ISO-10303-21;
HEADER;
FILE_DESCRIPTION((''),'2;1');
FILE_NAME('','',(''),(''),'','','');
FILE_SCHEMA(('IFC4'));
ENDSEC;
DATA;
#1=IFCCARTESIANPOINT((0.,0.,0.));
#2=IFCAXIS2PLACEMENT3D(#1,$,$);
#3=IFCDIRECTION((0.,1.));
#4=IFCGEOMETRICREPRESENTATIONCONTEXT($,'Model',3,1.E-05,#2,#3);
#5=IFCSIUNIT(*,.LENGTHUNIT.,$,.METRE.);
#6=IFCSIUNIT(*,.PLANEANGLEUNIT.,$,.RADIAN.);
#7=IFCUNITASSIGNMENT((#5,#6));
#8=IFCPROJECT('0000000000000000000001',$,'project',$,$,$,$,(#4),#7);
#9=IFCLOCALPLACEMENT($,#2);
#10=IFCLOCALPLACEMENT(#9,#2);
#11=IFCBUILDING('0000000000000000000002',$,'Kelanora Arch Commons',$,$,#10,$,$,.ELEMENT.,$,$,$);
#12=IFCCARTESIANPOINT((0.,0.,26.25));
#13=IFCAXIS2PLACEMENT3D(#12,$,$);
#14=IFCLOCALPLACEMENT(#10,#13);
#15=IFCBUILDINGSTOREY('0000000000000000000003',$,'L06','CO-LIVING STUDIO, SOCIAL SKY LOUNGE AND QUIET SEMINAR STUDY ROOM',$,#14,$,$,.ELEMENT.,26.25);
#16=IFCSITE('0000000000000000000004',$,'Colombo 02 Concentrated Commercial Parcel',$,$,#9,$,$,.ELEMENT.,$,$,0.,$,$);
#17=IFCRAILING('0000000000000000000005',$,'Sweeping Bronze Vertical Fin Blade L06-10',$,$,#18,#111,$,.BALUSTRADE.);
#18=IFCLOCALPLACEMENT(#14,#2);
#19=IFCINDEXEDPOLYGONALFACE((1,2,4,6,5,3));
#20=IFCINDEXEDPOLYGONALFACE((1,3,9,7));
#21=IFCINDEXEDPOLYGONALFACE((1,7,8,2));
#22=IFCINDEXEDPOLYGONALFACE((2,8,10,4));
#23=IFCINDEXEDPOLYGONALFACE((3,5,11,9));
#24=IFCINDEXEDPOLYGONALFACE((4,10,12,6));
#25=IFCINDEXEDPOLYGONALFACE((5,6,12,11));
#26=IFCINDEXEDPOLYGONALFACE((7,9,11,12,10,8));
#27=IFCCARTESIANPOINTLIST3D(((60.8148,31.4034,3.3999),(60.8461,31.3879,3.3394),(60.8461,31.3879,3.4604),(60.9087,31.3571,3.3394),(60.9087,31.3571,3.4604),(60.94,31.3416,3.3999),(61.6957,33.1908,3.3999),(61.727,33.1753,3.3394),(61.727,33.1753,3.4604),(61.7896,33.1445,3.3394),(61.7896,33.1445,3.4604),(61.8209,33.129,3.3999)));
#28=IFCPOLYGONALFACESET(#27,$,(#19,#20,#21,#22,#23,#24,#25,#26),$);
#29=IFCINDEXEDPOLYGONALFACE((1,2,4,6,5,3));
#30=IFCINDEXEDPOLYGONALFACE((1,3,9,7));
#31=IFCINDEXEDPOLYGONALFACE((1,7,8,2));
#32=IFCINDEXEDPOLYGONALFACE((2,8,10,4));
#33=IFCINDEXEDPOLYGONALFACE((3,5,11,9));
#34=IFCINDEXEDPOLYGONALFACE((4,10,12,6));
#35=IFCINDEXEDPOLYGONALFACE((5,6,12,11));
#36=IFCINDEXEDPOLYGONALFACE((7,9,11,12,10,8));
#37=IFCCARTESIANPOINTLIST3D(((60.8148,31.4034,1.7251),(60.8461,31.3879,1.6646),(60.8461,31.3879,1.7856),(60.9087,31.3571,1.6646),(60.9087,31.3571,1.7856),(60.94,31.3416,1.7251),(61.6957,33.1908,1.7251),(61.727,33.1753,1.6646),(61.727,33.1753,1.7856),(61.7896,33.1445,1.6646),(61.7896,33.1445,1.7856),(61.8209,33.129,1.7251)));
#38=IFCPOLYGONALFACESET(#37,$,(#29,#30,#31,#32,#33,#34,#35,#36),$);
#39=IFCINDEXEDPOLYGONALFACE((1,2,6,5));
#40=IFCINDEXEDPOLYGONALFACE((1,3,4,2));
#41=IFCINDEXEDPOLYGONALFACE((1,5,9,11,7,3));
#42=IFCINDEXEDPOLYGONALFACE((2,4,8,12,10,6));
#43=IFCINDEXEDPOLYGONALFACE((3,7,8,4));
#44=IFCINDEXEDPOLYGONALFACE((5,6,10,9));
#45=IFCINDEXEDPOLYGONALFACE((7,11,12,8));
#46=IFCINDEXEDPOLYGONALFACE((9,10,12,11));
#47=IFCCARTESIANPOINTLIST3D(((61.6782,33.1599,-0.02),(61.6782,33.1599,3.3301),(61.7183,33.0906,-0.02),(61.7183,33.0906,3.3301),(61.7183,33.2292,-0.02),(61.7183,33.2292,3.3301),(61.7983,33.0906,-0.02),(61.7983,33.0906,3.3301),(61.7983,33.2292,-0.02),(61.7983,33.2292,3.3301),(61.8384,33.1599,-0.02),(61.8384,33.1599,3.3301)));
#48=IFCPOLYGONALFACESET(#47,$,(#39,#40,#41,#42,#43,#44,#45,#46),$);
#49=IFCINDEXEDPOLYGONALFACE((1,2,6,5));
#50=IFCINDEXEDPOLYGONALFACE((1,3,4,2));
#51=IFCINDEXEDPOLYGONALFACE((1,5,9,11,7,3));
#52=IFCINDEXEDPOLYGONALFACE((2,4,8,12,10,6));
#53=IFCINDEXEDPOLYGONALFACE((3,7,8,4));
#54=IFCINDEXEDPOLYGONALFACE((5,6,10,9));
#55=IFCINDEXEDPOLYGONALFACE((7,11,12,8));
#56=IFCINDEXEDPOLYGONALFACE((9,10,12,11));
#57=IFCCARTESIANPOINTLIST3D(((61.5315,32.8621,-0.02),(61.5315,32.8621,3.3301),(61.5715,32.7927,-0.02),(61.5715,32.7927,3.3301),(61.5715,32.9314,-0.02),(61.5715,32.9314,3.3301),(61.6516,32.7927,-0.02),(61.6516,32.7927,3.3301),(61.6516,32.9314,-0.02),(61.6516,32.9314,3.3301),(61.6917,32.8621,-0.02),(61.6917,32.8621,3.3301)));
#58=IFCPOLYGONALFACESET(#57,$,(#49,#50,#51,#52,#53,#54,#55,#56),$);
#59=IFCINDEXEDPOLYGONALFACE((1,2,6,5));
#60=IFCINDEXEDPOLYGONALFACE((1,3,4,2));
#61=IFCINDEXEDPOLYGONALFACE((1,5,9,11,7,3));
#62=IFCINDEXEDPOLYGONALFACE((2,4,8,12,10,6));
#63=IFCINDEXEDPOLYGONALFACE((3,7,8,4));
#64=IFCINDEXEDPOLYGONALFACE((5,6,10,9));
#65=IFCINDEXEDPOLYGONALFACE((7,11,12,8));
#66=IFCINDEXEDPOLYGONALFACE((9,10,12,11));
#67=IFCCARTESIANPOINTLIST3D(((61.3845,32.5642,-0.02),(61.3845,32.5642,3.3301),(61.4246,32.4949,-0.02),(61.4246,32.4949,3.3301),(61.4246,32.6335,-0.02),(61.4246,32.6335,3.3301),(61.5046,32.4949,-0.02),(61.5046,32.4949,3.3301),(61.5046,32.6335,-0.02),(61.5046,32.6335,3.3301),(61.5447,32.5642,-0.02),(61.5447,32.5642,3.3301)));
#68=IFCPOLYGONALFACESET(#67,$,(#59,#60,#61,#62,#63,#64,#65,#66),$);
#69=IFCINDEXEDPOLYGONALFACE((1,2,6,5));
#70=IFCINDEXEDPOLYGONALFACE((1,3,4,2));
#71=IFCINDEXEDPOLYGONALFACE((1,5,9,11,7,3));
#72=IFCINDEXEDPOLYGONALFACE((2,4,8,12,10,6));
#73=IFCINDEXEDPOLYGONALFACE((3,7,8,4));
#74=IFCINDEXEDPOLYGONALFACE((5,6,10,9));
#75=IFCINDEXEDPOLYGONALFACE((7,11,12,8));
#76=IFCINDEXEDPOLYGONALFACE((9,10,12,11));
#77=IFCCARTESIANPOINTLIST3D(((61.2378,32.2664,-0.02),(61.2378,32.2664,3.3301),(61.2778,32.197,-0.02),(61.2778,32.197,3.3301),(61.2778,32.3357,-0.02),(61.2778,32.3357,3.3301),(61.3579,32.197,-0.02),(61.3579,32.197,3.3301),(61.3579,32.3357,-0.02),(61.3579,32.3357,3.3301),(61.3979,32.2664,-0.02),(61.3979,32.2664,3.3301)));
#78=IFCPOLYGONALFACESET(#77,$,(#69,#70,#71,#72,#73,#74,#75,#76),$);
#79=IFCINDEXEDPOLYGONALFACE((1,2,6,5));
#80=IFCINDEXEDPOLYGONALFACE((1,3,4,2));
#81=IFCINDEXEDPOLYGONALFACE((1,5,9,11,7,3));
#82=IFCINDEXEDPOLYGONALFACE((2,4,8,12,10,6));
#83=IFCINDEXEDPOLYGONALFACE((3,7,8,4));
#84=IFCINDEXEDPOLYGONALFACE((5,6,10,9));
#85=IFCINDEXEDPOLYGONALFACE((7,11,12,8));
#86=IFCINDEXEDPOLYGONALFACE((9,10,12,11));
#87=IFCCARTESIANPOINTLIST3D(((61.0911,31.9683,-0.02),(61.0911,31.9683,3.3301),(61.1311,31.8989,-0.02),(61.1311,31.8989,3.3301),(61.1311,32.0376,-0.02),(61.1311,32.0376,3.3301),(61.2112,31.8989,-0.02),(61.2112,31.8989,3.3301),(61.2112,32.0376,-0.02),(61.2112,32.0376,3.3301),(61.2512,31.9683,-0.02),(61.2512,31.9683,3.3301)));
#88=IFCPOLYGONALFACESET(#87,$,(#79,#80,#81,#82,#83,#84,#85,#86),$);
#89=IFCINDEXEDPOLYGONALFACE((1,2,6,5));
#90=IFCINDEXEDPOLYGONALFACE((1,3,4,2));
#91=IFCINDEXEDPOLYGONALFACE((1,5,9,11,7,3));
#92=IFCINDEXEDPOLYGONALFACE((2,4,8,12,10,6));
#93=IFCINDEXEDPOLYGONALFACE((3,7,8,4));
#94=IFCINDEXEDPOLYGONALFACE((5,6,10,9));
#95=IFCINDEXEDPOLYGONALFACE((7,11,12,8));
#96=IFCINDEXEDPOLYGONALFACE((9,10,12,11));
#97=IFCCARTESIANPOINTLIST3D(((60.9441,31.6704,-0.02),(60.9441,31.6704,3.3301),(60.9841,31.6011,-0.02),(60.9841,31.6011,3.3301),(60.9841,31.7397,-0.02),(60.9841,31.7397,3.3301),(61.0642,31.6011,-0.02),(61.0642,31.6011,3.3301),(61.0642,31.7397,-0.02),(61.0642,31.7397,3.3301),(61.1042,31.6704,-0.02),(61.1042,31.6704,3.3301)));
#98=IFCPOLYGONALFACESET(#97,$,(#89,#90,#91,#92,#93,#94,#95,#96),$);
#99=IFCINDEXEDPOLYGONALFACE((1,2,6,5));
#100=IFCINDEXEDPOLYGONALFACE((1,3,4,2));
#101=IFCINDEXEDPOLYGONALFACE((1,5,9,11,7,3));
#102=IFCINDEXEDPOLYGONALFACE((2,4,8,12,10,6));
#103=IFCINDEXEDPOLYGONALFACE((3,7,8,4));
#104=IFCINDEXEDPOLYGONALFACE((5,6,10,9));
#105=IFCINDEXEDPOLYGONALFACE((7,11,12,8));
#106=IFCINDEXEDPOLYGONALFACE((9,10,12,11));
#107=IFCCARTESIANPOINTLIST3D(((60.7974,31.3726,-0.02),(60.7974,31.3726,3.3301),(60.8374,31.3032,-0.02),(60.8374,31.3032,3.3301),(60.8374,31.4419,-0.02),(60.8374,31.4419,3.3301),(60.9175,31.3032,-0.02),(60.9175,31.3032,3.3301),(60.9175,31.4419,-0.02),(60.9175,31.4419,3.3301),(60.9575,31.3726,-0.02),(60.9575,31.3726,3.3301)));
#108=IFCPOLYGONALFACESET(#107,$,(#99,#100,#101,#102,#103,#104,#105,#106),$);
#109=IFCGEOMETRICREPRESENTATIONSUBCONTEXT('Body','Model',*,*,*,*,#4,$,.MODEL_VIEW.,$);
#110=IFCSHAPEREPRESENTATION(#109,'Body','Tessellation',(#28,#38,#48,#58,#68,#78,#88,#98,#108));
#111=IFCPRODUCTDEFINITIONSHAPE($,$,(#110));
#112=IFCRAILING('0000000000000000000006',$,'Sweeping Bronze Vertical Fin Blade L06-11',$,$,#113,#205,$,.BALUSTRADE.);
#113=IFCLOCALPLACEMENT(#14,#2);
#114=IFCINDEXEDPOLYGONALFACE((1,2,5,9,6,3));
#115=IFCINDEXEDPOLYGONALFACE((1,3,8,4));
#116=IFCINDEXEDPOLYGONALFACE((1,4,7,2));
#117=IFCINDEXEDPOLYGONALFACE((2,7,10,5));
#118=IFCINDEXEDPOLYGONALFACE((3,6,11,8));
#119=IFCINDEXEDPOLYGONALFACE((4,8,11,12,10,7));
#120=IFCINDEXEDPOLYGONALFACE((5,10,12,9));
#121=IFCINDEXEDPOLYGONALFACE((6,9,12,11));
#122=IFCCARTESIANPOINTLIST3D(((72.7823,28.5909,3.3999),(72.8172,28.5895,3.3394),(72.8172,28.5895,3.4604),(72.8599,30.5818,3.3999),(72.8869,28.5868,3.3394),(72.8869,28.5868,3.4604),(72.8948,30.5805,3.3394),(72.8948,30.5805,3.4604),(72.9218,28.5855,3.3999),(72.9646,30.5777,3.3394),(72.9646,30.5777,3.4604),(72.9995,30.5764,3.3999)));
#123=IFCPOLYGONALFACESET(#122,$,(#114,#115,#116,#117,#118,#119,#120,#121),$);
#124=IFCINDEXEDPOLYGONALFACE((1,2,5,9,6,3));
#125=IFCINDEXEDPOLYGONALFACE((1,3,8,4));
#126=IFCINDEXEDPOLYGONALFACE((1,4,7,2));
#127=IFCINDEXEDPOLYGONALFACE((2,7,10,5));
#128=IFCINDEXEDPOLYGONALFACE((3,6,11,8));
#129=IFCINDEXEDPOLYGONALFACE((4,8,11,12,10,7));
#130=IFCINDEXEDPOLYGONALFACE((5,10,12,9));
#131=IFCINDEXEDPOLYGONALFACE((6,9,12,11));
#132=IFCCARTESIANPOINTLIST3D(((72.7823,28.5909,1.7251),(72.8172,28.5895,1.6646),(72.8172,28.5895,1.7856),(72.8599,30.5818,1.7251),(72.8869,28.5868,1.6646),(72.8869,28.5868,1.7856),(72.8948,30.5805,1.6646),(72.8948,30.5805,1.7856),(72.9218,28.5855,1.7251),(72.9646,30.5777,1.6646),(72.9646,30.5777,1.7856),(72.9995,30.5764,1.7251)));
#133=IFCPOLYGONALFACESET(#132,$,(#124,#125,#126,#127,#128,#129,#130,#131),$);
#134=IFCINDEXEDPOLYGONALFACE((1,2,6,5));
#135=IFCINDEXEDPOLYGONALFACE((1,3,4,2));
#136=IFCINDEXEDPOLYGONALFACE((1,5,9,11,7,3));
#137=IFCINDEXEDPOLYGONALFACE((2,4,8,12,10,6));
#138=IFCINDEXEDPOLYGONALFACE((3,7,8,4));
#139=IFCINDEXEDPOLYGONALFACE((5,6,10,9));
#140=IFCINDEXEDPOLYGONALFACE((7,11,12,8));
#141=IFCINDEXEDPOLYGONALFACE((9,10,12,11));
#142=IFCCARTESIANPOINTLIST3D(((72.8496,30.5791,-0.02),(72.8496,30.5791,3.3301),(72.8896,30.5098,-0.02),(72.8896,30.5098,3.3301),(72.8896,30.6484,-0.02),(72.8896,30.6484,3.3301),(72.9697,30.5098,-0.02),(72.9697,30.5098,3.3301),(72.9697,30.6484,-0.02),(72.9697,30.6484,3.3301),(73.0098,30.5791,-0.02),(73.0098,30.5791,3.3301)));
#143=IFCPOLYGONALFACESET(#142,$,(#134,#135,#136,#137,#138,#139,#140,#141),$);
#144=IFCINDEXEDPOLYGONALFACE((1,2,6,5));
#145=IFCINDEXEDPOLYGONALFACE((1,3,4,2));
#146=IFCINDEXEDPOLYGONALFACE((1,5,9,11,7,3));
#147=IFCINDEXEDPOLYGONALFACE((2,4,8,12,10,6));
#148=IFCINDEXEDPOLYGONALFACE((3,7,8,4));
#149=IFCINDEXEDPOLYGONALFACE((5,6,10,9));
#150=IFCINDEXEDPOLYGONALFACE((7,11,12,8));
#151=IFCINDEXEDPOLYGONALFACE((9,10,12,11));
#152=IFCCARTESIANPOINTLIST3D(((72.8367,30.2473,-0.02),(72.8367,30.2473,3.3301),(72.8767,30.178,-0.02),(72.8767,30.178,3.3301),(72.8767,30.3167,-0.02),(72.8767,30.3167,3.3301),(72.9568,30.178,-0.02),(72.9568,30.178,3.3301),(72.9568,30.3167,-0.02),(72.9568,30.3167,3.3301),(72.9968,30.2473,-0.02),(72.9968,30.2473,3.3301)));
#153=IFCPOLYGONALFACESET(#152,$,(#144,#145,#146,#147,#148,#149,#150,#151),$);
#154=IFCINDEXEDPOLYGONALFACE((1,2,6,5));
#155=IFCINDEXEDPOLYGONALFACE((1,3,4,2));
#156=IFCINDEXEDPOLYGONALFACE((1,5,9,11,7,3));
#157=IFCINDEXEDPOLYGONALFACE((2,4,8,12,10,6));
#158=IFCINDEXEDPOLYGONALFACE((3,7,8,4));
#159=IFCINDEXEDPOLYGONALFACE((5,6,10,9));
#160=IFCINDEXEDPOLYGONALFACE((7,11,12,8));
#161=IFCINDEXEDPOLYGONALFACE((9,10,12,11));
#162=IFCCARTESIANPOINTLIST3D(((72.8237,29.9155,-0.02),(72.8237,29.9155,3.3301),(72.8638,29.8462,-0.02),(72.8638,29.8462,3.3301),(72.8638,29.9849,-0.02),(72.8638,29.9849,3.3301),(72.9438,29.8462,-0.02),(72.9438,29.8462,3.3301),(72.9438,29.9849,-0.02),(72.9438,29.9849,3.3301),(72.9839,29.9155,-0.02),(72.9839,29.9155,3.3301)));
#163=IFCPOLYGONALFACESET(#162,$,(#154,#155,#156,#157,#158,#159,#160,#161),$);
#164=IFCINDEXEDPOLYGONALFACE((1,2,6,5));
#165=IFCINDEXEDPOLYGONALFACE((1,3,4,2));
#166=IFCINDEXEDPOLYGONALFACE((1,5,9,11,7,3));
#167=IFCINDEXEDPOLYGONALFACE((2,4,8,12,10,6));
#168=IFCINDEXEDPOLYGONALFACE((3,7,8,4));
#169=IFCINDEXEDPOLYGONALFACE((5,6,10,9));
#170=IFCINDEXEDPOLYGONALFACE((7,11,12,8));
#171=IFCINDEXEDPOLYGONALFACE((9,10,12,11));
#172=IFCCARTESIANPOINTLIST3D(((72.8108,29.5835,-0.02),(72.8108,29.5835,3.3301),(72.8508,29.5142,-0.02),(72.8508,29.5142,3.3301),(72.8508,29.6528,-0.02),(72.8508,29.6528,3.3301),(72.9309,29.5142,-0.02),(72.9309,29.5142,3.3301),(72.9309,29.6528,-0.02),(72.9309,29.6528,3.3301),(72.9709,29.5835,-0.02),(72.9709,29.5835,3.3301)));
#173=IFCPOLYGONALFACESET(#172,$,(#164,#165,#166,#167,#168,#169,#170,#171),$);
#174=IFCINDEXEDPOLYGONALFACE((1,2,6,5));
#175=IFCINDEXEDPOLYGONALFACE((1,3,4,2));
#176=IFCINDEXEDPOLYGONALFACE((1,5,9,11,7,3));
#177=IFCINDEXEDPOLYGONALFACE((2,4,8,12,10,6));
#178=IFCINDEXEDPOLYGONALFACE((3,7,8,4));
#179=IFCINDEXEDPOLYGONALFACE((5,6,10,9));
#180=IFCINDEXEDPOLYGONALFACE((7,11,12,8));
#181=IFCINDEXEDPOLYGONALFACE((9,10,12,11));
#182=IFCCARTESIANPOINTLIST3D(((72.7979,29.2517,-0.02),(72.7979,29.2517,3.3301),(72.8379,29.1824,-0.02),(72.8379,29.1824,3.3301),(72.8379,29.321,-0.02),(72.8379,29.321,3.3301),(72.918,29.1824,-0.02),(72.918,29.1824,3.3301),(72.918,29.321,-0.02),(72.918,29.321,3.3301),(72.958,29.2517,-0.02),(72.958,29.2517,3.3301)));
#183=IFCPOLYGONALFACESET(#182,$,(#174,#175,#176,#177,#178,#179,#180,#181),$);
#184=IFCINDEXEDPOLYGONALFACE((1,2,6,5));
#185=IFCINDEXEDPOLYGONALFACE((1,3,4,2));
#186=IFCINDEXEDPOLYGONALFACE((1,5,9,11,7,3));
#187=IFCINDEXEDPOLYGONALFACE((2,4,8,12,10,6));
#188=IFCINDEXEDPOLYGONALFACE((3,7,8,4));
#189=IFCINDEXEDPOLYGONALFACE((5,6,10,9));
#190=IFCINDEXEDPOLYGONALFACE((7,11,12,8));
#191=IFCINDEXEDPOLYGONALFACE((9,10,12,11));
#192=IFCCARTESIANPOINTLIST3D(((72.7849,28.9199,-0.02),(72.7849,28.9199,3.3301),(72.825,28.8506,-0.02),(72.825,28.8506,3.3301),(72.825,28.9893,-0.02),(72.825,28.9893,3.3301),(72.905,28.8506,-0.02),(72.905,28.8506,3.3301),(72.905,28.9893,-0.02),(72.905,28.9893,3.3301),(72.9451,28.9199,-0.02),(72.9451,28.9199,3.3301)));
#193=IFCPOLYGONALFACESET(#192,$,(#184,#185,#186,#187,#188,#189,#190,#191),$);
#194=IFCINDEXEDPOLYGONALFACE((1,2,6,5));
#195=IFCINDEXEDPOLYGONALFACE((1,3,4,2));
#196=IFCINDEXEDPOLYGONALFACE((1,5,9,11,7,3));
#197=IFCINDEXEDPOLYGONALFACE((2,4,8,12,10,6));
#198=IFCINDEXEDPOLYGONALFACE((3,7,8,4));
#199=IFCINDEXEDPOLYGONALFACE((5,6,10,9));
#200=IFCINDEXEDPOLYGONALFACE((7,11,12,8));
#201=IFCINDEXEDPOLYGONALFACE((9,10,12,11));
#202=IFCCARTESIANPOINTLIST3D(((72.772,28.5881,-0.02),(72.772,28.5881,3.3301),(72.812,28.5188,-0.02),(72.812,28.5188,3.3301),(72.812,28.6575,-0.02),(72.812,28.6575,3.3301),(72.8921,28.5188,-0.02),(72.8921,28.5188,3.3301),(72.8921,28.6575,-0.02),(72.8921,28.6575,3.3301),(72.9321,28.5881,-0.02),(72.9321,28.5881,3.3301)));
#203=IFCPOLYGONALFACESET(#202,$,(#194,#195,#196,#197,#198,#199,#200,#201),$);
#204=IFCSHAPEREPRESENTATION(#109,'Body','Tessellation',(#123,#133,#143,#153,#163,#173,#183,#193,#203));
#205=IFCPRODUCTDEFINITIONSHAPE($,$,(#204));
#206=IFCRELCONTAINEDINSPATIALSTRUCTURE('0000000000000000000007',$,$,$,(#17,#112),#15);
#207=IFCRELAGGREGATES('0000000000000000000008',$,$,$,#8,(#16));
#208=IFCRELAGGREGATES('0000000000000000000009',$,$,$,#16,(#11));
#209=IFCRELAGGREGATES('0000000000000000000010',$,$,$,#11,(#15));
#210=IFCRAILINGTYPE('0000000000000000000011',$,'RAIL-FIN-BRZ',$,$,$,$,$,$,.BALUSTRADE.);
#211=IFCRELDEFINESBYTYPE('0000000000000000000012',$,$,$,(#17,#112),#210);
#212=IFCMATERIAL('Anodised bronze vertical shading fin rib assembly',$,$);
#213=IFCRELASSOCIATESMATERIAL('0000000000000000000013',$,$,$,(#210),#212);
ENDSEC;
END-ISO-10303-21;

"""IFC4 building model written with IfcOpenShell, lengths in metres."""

from ifc_helpers import new_model, si_unit, direction, frame, origin, place, context, subcontext, project, spatial, polyline, outline, extrude, material, type_object, element, save


model = new_model("IFC4")

# Units and contexts
model_context = context("Model", 3, precision=1e-05, world=origin(), true_north=direction((0.0, 1.0)))
body_context = subcontext(model_context, "Body", "Model", "MODEL_VIEW")
ifc_project = project(units=[si_unit("LENGTHUNIT", "METRE"), si_unit("PLANEANGLEUNIT", "RADIAN")], contexts=[model_context])

# Site, building, storey
site_placement = place(None, origin())
site = spatial("IfcSite", under=ifc_project, at=site_placement, Name="Colombo 02 Concentrated Commercial Parcel", CompositionType="ELEMENT", RefElevation=0.0)
building_placement = place(site_placement, origin())
building = spatial("IfcBuilding", under=site, at=building_placement, Name="Kelanora Arch Commons", CompositionType="ELEMENT")
storey_placement = place(building_placement, frame((0.0, 0.0, 26.25)))
storey = spatial("IfcBuildingStorey", under=building, at=storey_placement, Name="L06", Description="CO-LIVING STUDIO, SOCIAL SKY LOUNGE AND QUIET SEMINAR STUDY ROOM", CompositionType="ELEMENT", Elevation=26.25)

# Railings
ifc_material_1 = material(Name="Anodised bronze vertical shading fin rib assembly")
railing_type = type_object("IfcRailingType", Name="RAIL-FIN-BRZ", PredefinedType="BALUSTRADE", material=ifc_material_1)
railing_1_placement = place(storey_placement, frame((61.7583, 33.1599, -0.02)))
element("IfcRailing", 1, at=railing_1_placement, inside=storey, type_object=railing_type, Name="Sweeping Bronze Vertical Fin Blade L06-10", PredefinedType="BALUSTRADE", context=body_context, shape_type="SweptSolid", body=[
    extrude(outline(polyline([(0.0698, 0.0), (0.0349, 0.0605), (-0.0349, 0.0605), (-0.0698, 0.0), (-0.0349, -0.0605), (0.0349, -0.0605), (0.0698, 0.0)])), frame((0.0, 0.0, 3.4199), z_axis=(-0.44206, -0.896985, 0.0), x_axis=(0.896985, -0.44206, 0.0)), (0.0, 0.0, 1.0), 1.9927),
    extrude(outline(polyline([(0.0698, 0.0), (0.0349, 0.0605), (-0.0349, 0.0605), (-0.0698, 0.0), (-0.0349, -0.0605), (0.0349, -0.0605), (0.0698, 0.0)])), frame((0.0, 0.0, 1.7451), z_axis=(-0.44206, -0.896985, 0.0), x_axis=(0.896985, -0.44206, 0.0)), (0.0, 0.0, 1.0), 1.9927),
    extrude(outline(polyline([(0.0801, 0.0), (0.04, 0.0693), (-0.04, 0.0693), (-0.0801, 0.0), (-0.04, -0.0693), (0.04, -0.0693), (0.0801, 0.0)])), origin(), (0.0, 0.0, 1.0), 3.3501),
    extrude(outline(polyline([(0.0801, 0.0), (0.04, 0.0693), (-0.04, 0.0693), (-0.0801, 0.0), (-0.04, -0.0693), (0.04, -0.0693), (0.0801, 0.0)])), frame((-0.1467, -0.2979, 0.0)), (0.0, 0.0, 1.0), 3.3501),
    extrude(outline(polyline([(0.0801, 0.0), (0.04, 0.0693), (-0.04, 0.0693), (-0.0801, 0.0), (-0.04, -0.0693), (0.04, -0.0693), (0.0801, 0.0)])), frame((-0.2937, -0.5957, 0.0)), (0.0, 0.0, 1.0), 3.3501),
    extrude(outline(polyline([(0.0801, 0.0), (0.04, 0.0693), (-0.04, 0.0693), (-0.0801, 0.0), (-0.04, -0.0693), (0.04, -0.0693), (0.0801, 0.0)])), frame((-0.4404, -0.8936, 0.0)), (0.0, 0.0, 1.0), 3.3501),
    extrude(outline(polyline([(0.0801, 0.0), (0.04, 0.0693), (-0.04, 0.0693), (-0.0801, 0.0), (-0.04, -0.0693), (0.04, -0.0693), (0.0801, 0.0)])), frame((-0.5872, -1.1917, 0.0)), (0.0, 0.0, 1.0), 3.3501),
    extrude(outline(polyline([(0.0801, 0.0), (0.04, 0.0693), (-0.04, 0.0693), (-0.0801, 0.0), (-0.04, -0.0693), (0.04, -0.0693), (0.0801, 0.0)])), frame((-0.7341, -1.4895, 0.0)), (0.0, 0.0, 1.0), 3.3501),
    extrude(outline(polyline([(0.0801, 0.0), (0.04, 0.0693), (-0.04, 0.0693), (-0.0801, 0.0), (-0.04, -0.0693), (0.04, -0.0693), (0.0801, 0.0)])), frame((-0.8809, -1.7874, 0.0)), (0.0, 0.0, 1.0), 3.3501),
])
railing_2_placement = place(storey_placement, frame((72.9297, 30.5791, -0.02)))
element("IfcRailing", 2, at=railing_2_placement, inside=storey, type_object=railing_type, Name="Sweeping Bronze Vertical Fin Blade L06-11", PredefinedType="BALUSTRADE", context=body_context, shape_type="SweptSolid", body=[
    extrude(outline(polyline([(0.0698, 0.0), (0.0349, 0.0605), (-0.0349, 0.0605), (-0.0698, 0.0), (-0.0349, -0.0605), (0.0349, -0.0605), (0.0698, 0.0)])), frame((0.0, 0.0, 3.4199), z_axis=(-0.038965, -0.999241, 0.0), x_axis=(0.999241, -0.038965, 0.0)), (0.0, 0.0, 1.0), 1.9924),
    extrude(outline(polyline([(0.0698, 0.0), (0.0349, 0.0605), (-0.0349, 0.0605), (-0.0698, 0.0), (-0.0349, -0.0605), (0.0349, -0.0605), (0.0698, 0.0)])), frame((0.0, 0.0, 1.7451), z_axis=(-0.038965, -0.999241, 0.0), x_axis=(0.999241, -0.038965, 0.0)), (0.0, 0.0, 1.0), 1.9924),
    extrude(outline(polyline([(0.0801, 0.0), (0.04, 0.0693), (-0.04, 0.0693), (-0.0801, 0.0), (-0.04, -0.0693), (0.04, -0.0693), (0.0801, 0.0)])), origin(), (0.0, 0.0, 1.0), 3.3501),
    extrude(outline(polyline([(0.0801, 0.0), (0.04, 0.0693), (-0.04, 0.0693), (-0.0801, 0.0), (-0.04, -0.0693), (0.04, -0.0693), (0.0801, 0.0)])), frame((-0.0129, -0.3318, 0.0)), (0.0, 0.0, 1.0), 3.3501),
    extrude(outline(polyline([(0.0801, 0.0), (0.04, 0.0693), (-0.04, 0.0693), (-0.0801, 0.0), (-0.04, -0.0693), (0.04, -0.0693), (0.0801, 0.0)])), frame((-0.0259, -0.6636, 0.0)), (0.0, 0.0, 1.0), 3.3501),
    extrude(outline(polyline([(0.0801, 0.0), (0.04, 0.0693), (-0.04, 0.0693), (-0.0801, 0.0), (-0.04, -0.0693), (0.04, -0.0693), (0.0801, 0.0)])), frame((-0.0388, -0.9956, 0.0)), (0.0, 0.0, 1.0), 3.3501),
    extrude(outline(polyline([(0.0801, 0.0), (0.04, 0.0693), (-0.04, 0.0693), (-0.0801, 0.0), (-0.04, -0.0693), (0.04, -0.0693), (0.0801, 0.0)])), frame((-0.0518, -1.3274, 0.0)), (0.0, 0.0, 1.0), 3.3501),
    extrude(outline(polyline([(0.0801, 0.0), (0.04, 0.0693), (-0.04, 0.0693), (-0.0801, 0.0), (-0.04, -0.0693), (0.04, -0.0693), (0.0801, 0.0)])), frame((-0.0647, -1.6592, 0.0)), (0.0, 0.0, 1.0), 3.3501),
    extrude(outline(polyline([(0.0801, 0.0), (0.04, 0.0693), (-0.04, 0.0693), (-0.0801, 0.0), (-0.04, -0.0693), (0.04, -0.0693), (0.0801, 0.0)])), frame((-0.0776, -1.991, 0.0)), (0.0, 0.0, 1.0), 3.3501),
])

save(model, "model.ifc")
